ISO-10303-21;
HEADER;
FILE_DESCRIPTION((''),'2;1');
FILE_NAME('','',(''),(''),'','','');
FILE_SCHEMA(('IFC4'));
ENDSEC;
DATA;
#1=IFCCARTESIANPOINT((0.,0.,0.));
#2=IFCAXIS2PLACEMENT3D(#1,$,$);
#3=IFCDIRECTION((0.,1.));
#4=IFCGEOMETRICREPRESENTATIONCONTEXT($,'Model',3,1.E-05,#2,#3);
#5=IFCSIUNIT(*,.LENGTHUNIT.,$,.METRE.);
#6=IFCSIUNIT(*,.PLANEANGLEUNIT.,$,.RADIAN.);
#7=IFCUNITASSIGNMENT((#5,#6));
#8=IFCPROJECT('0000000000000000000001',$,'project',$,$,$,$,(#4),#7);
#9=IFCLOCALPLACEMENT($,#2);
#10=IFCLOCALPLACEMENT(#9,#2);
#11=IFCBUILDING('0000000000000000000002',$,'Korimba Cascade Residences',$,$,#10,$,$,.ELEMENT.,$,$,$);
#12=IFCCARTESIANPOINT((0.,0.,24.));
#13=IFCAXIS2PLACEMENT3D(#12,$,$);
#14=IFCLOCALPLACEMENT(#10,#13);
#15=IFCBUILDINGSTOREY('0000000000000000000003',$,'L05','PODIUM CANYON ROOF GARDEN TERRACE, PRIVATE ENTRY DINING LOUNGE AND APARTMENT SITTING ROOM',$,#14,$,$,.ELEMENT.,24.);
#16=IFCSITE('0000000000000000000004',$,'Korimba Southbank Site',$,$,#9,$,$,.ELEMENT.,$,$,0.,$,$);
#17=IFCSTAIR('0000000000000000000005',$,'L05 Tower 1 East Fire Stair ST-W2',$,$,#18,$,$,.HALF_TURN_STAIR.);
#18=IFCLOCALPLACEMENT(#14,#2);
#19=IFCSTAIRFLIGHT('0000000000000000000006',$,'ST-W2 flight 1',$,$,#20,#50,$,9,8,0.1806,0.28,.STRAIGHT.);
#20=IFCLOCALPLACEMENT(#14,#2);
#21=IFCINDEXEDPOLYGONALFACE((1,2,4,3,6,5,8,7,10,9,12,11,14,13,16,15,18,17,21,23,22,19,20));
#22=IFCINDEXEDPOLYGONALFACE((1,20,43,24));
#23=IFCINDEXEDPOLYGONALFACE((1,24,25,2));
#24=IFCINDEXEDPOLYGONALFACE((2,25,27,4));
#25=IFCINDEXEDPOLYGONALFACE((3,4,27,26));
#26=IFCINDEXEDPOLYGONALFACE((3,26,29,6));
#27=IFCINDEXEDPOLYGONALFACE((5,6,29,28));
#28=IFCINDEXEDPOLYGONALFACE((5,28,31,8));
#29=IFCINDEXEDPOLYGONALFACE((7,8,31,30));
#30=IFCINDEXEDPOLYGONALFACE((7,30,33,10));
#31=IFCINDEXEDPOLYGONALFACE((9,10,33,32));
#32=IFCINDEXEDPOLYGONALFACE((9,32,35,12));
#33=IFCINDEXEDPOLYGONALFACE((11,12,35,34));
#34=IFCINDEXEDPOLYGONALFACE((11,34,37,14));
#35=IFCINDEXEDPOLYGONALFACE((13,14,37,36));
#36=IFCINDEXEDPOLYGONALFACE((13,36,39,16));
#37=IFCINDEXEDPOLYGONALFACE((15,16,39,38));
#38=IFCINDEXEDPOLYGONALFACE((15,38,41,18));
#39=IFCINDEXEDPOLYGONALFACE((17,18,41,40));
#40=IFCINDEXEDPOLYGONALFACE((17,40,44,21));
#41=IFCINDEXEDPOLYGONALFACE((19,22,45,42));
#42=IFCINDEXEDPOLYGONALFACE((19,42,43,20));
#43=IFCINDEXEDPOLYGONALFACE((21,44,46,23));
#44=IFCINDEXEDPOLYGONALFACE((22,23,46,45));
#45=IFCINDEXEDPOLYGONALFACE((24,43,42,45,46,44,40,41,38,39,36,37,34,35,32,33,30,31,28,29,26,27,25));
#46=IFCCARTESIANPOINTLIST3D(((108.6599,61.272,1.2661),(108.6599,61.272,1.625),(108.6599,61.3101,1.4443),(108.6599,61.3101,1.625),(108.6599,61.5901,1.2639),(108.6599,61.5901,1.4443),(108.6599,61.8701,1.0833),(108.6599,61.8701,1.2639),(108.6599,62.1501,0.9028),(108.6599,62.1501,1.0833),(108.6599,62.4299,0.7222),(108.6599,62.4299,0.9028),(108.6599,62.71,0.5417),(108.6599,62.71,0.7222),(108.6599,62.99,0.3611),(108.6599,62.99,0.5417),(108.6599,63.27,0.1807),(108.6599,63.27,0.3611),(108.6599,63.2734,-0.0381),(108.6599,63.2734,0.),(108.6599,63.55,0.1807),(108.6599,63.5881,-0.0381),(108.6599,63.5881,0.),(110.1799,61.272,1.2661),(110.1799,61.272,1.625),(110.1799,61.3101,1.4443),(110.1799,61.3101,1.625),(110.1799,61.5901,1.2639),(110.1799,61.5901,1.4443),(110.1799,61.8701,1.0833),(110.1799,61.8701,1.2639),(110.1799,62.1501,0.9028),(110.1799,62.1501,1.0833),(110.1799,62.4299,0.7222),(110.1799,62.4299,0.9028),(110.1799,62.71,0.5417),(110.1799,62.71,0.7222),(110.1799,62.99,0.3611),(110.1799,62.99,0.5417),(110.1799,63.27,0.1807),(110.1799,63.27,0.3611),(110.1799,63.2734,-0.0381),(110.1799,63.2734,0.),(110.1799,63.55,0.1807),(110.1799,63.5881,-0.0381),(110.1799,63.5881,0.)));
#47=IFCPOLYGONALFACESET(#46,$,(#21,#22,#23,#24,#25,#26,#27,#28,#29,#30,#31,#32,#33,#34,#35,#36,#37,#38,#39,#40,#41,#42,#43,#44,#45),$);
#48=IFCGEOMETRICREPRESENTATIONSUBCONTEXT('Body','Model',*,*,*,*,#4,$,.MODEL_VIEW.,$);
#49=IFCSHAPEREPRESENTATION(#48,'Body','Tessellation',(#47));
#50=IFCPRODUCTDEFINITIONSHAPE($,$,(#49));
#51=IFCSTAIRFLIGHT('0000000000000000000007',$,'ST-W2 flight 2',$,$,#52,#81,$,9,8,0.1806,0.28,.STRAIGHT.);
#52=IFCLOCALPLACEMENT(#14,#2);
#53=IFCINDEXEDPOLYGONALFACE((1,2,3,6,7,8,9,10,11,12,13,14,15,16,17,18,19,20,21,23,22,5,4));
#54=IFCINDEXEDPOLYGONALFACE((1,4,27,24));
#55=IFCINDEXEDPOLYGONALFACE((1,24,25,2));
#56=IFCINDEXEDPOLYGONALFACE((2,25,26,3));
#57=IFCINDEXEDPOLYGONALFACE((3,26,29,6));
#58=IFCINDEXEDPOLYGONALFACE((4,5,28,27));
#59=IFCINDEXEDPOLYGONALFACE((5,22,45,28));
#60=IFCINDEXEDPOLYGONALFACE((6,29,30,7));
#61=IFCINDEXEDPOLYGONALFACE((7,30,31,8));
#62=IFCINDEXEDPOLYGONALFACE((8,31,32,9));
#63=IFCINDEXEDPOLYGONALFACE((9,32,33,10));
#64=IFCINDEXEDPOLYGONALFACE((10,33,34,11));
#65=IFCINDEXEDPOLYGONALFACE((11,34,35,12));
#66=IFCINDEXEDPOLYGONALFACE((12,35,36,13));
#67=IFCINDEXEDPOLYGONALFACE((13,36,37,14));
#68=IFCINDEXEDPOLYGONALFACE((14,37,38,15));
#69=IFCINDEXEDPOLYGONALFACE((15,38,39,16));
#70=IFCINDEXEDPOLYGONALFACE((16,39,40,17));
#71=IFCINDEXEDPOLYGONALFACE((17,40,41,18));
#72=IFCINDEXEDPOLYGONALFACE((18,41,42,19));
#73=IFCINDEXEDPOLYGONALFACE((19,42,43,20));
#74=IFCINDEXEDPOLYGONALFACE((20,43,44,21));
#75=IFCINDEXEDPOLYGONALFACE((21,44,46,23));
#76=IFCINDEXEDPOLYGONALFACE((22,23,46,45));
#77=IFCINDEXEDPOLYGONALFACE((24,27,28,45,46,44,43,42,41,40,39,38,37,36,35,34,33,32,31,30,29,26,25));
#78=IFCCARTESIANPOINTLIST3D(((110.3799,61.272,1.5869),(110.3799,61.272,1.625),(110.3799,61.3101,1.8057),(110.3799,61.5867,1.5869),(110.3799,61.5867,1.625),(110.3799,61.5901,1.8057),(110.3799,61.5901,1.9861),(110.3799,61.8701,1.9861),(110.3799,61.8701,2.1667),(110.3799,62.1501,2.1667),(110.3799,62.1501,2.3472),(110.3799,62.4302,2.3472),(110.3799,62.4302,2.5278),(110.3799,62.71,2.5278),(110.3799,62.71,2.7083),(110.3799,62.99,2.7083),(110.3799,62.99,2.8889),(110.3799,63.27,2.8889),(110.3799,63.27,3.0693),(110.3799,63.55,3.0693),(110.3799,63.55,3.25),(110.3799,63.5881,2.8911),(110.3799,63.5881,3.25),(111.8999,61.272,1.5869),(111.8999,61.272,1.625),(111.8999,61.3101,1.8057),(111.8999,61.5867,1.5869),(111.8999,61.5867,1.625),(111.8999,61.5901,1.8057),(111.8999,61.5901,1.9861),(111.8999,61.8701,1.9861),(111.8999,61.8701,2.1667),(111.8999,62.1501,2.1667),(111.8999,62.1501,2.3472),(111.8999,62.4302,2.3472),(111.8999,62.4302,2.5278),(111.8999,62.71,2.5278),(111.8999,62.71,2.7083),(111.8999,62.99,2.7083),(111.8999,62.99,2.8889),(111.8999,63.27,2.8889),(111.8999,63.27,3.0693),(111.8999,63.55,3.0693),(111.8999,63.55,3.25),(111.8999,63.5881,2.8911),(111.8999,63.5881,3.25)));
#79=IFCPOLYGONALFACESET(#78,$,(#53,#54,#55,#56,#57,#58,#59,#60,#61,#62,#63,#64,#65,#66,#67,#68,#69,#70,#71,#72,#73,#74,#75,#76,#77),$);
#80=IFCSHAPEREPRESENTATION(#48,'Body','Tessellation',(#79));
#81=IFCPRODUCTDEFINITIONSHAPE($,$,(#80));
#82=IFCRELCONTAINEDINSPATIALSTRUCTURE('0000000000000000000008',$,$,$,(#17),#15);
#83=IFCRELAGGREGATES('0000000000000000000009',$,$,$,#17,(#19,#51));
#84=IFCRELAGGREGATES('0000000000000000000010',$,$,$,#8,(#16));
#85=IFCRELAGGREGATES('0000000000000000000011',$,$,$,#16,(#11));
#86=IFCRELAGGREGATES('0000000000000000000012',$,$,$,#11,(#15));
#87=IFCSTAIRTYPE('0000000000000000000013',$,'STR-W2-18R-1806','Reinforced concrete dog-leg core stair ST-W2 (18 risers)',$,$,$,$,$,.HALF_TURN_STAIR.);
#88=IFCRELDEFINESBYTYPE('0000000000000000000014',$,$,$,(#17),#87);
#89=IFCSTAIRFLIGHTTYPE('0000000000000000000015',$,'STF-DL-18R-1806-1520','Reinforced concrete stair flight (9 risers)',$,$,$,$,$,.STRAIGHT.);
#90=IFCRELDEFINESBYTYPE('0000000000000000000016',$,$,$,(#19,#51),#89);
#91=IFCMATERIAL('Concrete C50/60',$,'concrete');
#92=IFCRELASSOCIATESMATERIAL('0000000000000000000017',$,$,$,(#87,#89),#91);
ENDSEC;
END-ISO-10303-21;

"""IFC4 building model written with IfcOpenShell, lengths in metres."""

from ifc_helpers import new_model, si_unit, direction, frame, origin, place, context, subcontext, project, spatial, polyline, outline, extrude, material, type_object, element, aggregate, save


model = new_model("IFC4")

# Units and contexts
model_context = context("Model", 3, precision=1e-05, world=origin(), true_north=direction((0.0, 1.0)))
body_context = subcontext(model_context, "Body", "Model", "MODEL_VIEW")
ifc_project = project(units=[si_unit("LENGTHUNIT", "METRE"), si_unit("PLANEANGLEUNIT", "RADIAN")], contexts=[model_context])

# Site, building, storey
site_placement = place(None, origin())
site = spatial("IfcSite", under=ifc_project, at=site_placement, Name="Korimba Southbank Site", CompositionType="ELEMENT", RefElevation=0.0)
building_placement = place(site_placement, origin())
building = spatial("IfcBuilding", under=site, at=building_placement, Name="Korimba Cascade Residences", CompositionType="ELEMENT")
storey_placement = place(building_placement, frame((0.0, 0.0, 24.0)))
storey = spatial("IfcBuildingStorey", under=building, at=storey_placement, Name="L05", Description="PODIUM CANYON ROOF GARDEN TERRACE, PRIVATE ENTRY DINING LOUNGE AND APARTMENT SITTING ROOM", CompositionType="ELEMENT", Elevation=24.0)

# Shared definitions
ifc_material_1 = material(Name="Concrete C50/60", Category="concrete")

# Stair, stair flights
stair_type = type_object("IfcStairType", Name="STR-W2-18R-1806", Description="Reinforced concrete dog-leg core stair ST-W2 (18 risers)", PredefinedType="HALF_TURN_STAIR", material=ifc_material_1)
stair_placement = place(storey_placement, origin())
stair = element("IfcStair", 1, at=stair_placement, inside=storey, type_object=stair_type, Name="L05 Tower 1 East Fire Stair ST-W2", PredefinedType="HALF_TURN_STAIR")
stair_flight_type = type_object("IfcStairFlightType", Name="STF-DL-18R-1806-1520", Description="Reinforced concrete stair flight (9 risers)", PredefinedType="STRAIGHT", material=ifc_material_1)
stair_flight_1_placement = place(storey_placement, frame((109.4199, 63.55, 0.0), z_axis=(0.0, 0.0, 1.0), x_axis=(0.0, -1.0, 0.0)))
stair_flight_1 = element("IfcStairFlight", 2, at=stair_flight_1_placement, type_object=stair_flight_type, Name="ST-W2 flight 1", NumberOfRisers=9, NumberOfTreads=8, PredefinedType="STRAIGHT", RiserHeight=0.1806, TreadLength=0.28, context=body_context, shape_type="SweptSolid", body=[
    extrude(outline(polyline([(-0.0381, 0.0), (0.0, 0.1807), (0.28, 0.1807), (0.28, 0.3611), (0.5601, 0.3611), (0.5601, 0.5417), (0.8401, 0.5417), (0.8401, 0.7222), (1.1201, 0.7222), (1.1201, 0.9028), (1.3999, 0.9028), (1.3999, 1.0833), (1.6799, 1.0833), (1.6799, 1.2639), (1.96, 1.2639), (1.96, 1.4443), (2.24, 1.4443), (2.24, 1.625), (2.2781, 1.625), (2.2781, 1.2661), (0.2766, 0.0), (0.2766, -0.0381), (-0.0381, -0.0381), (-0.0381, 0.0)])), frame((0.0, 0.76, 0.0), z_axis=(0.0, -1.0, 0.0), x_axis=(1.0, 0.0, 0.0)), (0.0, 0.0, 1.0), 1.52),
])
stair_flight_2_placement = place(storey_placement, frame((111.1399, 61.3101, 1.625), z_axis=(0.0, 0.0, 1.0), x_axis=(0.0, 1.0, 0.0)))
stair_flight_2 = element("IfcStairFlight", 3, at=stair_flight_2_placement, type_object=stair_flight_type, Name="ST-W2 flight 2", NumberOfRisers=9, NumberOfTreads=8, PredefinedType="STRAIGHT", RiserHeight=0.1806, TreadLength=0.28, context=body_context, shape_type="SweptSolid", body=[
    extrude(outline(polyline([(-0.0381, 0.0), (0.0, 0.1807), (0.28, 0.1807), (0.28, 0.3611), (0.5601, 0.3611), (0.5601, 0.5417), (0.8401, 0.5417), (0.8401, 0.7222), (1.1201, 0.7222), (1.1201, 0.9028), (1.3999, 0.9028), (1.3999, 1.0833), (1.6799, 1.0833), (1.6799, 1.2639), (1.96, 1.2639), (1.96, 1.4443), (2.24, 1.4443), (2.24, 1.625), (2.2781, 1.625), (2.2781, 1.2661), (0.2766, 0.0), (0.2766, -0.0381), (-0.0381, -0.0381), (-0.0381, 0.0)])), frame((0.0, 0.76, 0.0), z_axis=(0.0, -1.0, 0.0), x_axis=(1.0, 0.0, 0.0)), (0.0, 0.0, 1.0), 1.52),
])
aggregate(stair, [stair_flight_1, stair_flight_2])

save(model, "model.ifc")
